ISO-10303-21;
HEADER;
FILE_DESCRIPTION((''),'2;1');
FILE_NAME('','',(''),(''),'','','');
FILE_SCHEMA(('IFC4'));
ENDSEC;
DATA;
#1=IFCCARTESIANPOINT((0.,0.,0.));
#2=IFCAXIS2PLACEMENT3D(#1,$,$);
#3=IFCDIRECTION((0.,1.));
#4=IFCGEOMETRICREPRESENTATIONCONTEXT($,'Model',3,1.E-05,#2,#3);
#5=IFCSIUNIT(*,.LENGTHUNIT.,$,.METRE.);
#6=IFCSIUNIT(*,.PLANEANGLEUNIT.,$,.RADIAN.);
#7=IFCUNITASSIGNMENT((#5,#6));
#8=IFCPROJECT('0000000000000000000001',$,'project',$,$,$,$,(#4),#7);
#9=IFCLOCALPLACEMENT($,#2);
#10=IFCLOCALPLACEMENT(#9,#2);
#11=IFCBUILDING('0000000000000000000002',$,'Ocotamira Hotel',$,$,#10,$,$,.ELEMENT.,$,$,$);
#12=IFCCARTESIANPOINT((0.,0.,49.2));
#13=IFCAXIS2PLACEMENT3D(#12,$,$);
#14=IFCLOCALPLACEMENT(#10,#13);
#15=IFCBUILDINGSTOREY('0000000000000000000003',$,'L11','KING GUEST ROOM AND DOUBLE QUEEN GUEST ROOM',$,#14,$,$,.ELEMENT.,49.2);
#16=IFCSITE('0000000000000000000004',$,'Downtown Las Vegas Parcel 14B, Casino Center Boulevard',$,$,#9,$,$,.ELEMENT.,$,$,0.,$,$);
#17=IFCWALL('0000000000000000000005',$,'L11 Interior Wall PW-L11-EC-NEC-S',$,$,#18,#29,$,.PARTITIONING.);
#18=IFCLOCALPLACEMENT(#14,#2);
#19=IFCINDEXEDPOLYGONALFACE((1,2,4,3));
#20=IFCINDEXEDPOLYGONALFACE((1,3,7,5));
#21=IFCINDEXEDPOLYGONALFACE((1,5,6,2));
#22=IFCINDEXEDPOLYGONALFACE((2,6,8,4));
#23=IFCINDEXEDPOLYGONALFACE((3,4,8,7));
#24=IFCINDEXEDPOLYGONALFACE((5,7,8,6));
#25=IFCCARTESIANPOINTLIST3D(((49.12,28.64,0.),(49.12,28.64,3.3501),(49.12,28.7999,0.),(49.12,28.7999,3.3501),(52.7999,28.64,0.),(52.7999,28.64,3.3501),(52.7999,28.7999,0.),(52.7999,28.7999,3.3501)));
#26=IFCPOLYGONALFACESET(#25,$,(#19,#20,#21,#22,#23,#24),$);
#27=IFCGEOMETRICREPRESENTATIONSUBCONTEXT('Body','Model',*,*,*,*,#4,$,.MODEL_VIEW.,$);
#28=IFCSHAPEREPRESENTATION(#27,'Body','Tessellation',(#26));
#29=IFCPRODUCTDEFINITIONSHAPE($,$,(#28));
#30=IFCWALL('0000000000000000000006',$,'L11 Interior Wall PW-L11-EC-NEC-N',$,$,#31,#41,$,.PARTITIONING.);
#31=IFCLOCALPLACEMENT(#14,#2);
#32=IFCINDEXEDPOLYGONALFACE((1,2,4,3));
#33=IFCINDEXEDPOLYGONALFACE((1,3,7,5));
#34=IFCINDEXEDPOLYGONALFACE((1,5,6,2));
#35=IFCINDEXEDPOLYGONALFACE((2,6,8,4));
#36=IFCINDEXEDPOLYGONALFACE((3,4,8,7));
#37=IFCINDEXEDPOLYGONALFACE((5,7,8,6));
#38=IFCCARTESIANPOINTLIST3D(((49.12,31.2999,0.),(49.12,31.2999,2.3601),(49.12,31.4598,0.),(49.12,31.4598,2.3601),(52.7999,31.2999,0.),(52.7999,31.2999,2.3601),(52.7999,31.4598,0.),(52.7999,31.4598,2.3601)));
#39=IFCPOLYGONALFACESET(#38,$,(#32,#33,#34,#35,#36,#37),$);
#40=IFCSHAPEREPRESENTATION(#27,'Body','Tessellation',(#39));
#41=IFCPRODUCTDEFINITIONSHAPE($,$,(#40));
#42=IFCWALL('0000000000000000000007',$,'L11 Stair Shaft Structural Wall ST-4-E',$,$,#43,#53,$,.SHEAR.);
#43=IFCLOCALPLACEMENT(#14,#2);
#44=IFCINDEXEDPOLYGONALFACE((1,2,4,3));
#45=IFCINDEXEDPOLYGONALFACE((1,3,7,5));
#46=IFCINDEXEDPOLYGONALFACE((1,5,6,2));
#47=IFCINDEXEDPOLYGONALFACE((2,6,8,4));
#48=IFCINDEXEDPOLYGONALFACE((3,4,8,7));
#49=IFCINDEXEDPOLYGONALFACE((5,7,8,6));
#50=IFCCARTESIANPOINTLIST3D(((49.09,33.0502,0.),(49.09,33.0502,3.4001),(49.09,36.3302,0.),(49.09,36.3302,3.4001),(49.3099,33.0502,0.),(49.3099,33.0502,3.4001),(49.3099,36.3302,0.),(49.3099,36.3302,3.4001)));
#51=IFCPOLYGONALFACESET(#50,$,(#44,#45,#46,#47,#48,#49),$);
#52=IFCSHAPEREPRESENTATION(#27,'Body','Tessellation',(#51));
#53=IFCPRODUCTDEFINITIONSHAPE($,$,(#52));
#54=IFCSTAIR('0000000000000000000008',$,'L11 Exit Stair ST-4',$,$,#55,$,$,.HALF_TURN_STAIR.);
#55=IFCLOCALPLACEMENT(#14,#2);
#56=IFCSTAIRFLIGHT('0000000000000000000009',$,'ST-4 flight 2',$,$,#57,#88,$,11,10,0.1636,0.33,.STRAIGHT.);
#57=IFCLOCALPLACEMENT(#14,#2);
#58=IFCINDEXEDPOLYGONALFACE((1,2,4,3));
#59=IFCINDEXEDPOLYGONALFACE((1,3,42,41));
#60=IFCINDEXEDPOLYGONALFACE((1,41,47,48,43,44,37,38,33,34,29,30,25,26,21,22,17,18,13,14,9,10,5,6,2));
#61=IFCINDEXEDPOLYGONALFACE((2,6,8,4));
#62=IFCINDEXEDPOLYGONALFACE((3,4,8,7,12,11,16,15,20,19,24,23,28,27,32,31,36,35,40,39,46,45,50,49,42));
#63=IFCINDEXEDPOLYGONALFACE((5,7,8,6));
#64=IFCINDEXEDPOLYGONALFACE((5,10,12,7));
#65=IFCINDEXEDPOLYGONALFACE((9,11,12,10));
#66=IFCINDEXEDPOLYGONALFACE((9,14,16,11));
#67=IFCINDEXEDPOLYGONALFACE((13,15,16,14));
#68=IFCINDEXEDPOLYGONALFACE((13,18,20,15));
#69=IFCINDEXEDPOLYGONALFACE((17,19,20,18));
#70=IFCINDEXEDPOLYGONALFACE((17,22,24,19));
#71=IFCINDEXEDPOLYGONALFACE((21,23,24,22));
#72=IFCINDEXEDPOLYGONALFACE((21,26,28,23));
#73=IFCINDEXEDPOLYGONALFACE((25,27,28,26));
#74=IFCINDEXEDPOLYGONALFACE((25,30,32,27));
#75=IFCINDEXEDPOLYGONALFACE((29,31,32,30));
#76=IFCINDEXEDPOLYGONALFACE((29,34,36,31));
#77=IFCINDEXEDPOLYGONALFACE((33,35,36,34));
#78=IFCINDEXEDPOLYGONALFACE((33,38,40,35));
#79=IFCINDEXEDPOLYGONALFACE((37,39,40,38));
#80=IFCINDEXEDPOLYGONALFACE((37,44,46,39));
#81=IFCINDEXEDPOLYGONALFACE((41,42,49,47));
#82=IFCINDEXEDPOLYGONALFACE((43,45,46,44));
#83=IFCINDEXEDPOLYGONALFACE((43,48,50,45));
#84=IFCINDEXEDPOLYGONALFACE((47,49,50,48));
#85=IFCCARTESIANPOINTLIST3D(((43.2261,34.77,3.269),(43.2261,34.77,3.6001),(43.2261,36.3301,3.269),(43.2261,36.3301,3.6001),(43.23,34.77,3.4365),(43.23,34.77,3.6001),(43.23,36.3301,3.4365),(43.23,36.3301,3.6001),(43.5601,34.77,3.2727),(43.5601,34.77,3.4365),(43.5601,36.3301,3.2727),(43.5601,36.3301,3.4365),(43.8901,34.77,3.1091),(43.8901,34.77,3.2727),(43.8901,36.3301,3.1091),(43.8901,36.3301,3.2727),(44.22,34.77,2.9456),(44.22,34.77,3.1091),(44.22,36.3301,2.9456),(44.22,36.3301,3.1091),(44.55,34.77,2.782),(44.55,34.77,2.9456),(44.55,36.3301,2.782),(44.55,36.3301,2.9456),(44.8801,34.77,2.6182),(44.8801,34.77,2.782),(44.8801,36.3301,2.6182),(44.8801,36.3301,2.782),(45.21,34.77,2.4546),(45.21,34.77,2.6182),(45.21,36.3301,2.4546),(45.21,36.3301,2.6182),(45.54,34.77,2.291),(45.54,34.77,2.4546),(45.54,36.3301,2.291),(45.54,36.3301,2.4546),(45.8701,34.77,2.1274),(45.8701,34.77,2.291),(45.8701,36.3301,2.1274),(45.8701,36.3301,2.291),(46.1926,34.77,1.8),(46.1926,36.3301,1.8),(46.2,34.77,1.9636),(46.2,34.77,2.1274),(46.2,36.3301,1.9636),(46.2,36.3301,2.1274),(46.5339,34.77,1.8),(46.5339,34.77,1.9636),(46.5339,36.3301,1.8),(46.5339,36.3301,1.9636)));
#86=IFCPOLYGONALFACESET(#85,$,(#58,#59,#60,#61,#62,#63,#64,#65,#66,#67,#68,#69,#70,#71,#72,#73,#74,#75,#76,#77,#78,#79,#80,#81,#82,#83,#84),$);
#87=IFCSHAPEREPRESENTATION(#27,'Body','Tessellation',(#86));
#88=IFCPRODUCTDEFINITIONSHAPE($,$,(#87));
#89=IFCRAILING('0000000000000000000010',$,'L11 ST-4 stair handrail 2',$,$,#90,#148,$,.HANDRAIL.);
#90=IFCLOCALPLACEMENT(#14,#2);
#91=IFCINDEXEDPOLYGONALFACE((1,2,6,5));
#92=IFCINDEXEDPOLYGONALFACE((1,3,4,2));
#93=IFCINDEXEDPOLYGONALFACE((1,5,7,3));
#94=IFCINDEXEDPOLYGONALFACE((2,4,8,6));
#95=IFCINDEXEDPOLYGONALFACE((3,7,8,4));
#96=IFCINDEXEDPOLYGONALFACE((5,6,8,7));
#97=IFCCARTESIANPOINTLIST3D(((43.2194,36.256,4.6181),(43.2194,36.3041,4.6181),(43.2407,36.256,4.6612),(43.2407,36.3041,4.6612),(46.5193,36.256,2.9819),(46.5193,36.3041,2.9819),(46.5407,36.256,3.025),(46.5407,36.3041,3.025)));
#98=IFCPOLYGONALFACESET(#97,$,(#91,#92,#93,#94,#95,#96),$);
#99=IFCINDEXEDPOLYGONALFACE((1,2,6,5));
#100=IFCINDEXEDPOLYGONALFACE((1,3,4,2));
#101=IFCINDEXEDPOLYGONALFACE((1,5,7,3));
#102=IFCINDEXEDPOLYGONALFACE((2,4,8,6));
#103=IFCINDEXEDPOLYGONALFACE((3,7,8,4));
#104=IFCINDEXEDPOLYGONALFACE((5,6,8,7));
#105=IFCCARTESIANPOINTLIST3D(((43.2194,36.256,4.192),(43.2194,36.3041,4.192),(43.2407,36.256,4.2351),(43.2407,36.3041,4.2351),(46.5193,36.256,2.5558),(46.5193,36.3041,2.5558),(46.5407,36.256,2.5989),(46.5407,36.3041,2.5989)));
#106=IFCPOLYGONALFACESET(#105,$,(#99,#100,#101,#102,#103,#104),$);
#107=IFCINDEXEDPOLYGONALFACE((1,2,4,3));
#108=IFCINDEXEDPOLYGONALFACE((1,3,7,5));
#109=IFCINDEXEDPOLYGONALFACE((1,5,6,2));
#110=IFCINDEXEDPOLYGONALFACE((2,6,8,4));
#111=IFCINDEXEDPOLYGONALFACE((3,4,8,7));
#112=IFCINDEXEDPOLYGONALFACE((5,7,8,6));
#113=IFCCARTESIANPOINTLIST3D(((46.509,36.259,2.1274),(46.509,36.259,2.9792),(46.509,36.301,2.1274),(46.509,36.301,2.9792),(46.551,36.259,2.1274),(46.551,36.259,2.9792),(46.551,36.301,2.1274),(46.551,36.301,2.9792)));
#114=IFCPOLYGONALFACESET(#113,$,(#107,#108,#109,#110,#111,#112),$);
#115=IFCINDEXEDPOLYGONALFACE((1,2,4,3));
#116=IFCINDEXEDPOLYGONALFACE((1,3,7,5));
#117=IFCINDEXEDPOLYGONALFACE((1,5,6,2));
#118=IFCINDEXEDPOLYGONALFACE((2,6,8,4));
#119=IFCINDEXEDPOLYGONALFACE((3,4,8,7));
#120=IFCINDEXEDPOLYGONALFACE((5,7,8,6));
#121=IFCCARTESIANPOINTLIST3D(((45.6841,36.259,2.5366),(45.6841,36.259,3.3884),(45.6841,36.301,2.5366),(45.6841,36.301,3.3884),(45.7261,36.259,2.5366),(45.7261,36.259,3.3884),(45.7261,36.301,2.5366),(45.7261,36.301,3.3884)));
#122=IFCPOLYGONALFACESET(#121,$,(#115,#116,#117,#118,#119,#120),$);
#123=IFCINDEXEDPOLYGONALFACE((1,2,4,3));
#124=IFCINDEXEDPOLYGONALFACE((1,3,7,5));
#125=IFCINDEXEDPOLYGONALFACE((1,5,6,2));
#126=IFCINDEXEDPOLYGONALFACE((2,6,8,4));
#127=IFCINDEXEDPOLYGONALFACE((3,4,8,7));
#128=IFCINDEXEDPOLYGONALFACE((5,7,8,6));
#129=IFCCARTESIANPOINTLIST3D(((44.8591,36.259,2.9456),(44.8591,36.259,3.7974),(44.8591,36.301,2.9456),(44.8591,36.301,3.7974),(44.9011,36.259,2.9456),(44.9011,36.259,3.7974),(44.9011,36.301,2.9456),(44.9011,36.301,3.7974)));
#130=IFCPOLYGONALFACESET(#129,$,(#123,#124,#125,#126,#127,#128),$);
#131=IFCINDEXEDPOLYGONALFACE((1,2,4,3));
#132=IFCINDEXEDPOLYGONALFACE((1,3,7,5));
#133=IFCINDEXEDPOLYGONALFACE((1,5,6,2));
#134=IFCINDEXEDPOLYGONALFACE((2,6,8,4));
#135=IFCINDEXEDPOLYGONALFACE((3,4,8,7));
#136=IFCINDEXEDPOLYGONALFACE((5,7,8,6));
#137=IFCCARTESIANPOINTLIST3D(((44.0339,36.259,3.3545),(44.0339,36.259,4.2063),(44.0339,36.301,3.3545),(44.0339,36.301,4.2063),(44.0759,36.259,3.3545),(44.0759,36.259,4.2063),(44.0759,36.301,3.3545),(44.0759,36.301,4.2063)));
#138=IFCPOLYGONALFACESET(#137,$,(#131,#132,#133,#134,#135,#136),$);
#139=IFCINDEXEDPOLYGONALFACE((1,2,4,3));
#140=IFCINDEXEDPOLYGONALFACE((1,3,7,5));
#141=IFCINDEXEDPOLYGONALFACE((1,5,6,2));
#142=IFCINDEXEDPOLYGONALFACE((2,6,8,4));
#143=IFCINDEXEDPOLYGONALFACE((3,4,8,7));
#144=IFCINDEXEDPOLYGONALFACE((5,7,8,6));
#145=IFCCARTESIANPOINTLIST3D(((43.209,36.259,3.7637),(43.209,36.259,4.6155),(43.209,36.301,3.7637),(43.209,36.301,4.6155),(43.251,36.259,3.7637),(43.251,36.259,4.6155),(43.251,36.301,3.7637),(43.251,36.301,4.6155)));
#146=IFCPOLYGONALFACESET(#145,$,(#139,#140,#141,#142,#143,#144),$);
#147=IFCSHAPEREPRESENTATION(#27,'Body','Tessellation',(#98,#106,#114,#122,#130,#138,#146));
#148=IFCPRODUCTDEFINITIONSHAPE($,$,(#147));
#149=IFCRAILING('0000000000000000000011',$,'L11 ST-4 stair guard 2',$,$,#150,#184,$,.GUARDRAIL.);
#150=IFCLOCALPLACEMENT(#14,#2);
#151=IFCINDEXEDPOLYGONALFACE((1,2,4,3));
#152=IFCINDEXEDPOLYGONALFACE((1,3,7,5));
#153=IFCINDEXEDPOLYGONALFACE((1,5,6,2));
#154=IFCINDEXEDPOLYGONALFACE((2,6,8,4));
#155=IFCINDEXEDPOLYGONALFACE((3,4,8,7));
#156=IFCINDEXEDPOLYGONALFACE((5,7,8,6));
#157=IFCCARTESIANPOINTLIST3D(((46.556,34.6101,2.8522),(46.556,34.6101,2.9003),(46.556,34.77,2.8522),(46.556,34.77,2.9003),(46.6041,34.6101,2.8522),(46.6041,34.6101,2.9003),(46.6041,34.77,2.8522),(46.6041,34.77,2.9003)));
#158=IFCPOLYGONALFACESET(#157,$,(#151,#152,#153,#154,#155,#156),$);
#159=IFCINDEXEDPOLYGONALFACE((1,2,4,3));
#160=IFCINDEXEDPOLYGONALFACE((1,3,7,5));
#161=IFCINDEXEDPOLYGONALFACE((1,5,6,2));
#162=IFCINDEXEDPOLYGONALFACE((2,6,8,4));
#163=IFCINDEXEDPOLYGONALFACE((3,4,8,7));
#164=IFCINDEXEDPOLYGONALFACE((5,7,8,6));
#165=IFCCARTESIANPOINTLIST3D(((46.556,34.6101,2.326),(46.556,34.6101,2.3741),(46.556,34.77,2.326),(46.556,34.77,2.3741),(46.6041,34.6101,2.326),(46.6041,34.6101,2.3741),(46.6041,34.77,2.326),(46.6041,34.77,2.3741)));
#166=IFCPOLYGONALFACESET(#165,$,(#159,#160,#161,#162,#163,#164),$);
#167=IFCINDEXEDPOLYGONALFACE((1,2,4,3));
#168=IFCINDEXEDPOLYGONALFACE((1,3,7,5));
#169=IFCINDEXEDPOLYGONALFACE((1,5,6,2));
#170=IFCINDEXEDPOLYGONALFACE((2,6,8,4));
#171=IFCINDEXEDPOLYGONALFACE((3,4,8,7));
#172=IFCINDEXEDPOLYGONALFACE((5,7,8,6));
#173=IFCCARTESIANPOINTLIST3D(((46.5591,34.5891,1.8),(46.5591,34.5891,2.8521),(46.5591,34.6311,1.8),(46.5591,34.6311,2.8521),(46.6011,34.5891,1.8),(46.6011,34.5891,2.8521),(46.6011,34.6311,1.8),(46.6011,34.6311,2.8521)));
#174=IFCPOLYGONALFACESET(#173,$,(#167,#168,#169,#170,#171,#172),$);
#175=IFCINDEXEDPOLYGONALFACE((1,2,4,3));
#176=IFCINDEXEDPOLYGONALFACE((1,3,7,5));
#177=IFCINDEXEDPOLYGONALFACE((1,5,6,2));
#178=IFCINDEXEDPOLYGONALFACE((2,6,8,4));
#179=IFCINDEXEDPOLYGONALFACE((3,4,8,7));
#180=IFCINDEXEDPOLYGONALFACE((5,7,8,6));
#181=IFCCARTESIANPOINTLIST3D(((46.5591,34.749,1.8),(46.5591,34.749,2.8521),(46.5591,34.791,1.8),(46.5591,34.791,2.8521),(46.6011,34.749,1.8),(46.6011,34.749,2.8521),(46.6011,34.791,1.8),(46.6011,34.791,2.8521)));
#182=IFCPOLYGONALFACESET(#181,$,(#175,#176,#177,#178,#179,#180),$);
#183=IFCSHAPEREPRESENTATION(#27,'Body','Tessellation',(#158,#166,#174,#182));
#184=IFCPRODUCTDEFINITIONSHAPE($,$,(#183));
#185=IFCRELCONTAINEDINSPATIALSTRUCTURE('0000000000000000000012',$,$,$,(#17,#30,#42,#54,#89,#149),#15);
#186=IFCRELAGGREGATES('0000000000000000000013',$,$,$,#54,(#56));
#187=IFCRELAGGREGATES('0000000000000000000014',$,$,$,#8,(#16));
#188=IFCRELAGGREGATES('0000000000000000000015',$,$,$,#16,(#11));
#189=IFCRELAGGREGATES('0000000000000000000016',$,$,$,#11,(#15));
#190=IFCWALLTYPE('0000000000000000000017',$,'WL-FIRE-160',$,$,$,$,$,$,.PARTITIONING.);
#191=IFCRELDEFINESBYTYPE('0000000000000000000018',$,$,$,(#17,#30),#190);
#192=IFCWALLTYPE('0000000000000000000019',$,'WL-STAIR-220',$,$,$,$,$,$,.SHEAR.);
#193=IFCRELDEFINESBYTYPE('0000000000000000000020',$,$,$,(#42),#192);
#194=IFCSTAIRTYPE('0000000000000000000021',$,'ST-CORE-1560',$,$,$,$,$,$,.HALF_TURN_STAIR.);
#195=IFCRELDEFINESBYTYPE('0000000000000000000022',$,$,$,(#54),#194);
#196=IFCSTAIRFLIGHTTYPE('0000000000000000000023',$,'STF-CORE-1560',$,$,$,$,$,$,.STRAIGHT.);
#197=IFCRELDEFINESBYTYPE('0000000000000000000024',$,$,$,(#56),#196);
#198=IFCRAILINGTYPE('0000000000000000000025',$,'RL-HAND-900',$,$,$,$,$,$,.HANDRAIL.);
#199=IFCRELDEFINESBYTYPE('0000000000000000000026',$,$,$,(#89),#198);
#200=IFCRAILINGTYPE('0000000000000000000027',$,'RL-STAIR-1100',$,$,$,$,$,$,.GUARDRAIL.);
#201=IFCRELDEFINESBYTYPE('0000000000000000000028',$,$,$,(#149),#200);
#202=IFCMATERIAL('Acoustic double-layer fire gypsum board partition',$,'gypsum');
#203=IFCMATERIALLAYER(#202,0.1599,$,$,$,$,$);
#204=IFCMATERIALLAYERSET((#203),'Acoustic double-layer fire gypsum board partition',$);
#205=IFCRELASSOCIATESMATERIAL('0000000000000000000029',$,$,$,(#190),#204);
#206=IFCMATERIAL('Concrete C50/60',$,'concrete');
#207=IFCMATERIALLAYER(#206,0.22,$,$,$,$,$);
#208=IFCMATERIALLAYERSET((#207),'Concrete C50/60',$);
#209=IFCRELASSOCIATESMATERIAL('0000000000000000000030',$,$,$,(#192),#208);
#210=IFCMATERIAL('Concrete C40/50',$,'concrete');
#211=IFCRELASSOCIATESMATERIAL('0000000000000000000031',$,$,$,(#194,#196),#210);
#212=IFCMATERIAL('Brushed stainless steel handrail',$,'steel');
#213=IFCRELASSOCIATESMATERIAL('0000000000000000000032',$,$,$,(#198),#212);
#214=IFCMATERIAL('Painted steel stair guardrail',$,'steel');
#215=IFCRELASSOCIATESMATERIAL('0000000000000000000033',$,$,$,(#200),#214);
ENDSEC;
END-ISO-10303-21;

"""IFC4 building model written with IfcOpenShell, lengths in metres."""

from ifc_helpers import new_model, si_unit, direction, frame, frame_2d, origin, origin_2d, place, context, subcontext, project, spatial, polyline, rectangle, outline, extrude, source, transform, mapped, material, layer, layer_set, type_object, element, aggregate, save


model = new_model("IFC4")

# Units and contexts
model_context = context("Model", 3, precision=1e-05, world=origin(), true_north=direction((0.0, 1.0)))
body_context = subcontext(model_context, "Body", "Model", "MODEL_VIEW")
ifc_project = project(units=[si_unit("LENGTHUNIT", "METRE"), si_unit("PLANEANGLEUNIT", "RADIAN")], contexts=[model_context])

# Site, building, storey
site_placement = place(None, origin())
site = spatial("IfcSite", under=ifc_project, at=site_placement, Name="Downtown Las Vegas Parcel 14B, Casino Center Boulevard", CompositionType="ELEMENT", RefElevation=0.0)
building_placement = place(site_placement, origin())
building = spatial("IfcBuilding", under=site, at=building_placement, Name="Ocotamira Hotel", CompositionType="ELEMENT")
storey_placement = place(building_placement, frame((0.0, 0.0, 49.2)))
storey = spatial("IfcBuildingStorey", under=building, at=storey_placement, Name="L11", Description="KING GUEST ROOM AND DOUBLE QUEEN GUEST ROOM", CompositionType="ELEMENT", Elevation=49.2)

# Walls
ifc_material_1 = material(Name="Acoustic double-layer fire gypsum board partition", Category="gypsum")
ifc_layer_1 = layer(ifc_material_1, 0.1599)
ifc_layer_set_1 = layer_set([ifc_layer_1], Name="Acoustic double-layer fire gypsum board partition")
wall_type_1 = type_object("IfcWallType", Name="WL-FIRE-160", PredefinedType="PARTITIONING", material=ifc_layer_set_1)
wall_1_placement = place(storey_placement, frame((49.1201, 28.72, 0.0), z_axis=(0.0, 0.0, 1.0), x_axis=(1.0, 0.0, 0.0)))
element("IfcWall", 1, at=wall_1_placement, inside=storey, type_object=wall_type_1, Name="L11 Interior Wall PW-L11-EC-NEC-S", PredefinedType="PARTITIONING", context=body_context, shape_type="SweptSolid", body=[
    extrude(rectangle(XDim=3.6799, YDim=0.1599, at=frame_2d((1.8398, 0.0))), origin(), (0.0, 0.0, 1.0), 3.3501),
])
wall_2_placement = place(storey_placement, frame((49.1201, 31.3799, 0.0), z_axis=(0.0, 0.0, 1.0), x_axis=(1.0, 0.0, 0.0)))
element("IfcWall", 2, at=wall_2_placement, inside=storey, type_object=wall_type_1, Name="L11 Interior Wall PW-L11-EC-NEC-N", PredefinedType="PARTITIONING", context=body_context, shape_type="SweptSolid", body=[
    extrude(rectangle(XDim=3.6799, YDim=0.1599, at=frame_2d((1.8398, 0.0))), origin(), (0.0, 0.0, 1.0), 2.3601),
])

# Wall
ifc_material_2 = material(Name="Concrete C50/60", Category="concrete")
ifc_layer_2 = layer(ifc_material_2, 0.22)
ifc_layer_set_2 = layer_set([ifc_layer_2], Name="Concrete C50/60")
wall_type_2 = type_object("IfcWallType", Name="WL-STAIR-220", PredefinedType="SHEAR", material=ifc_layer_set_2)
wall_3_placement = place(storey_placement, frame((49.2, 33.05, 0.0), z_axis=(0.0, 0.0, 1.0), x_axis=(0.0, 1.0, 0.0)))
element("IfcWall", 3, at=wall_3_placement, inside=storey, type_object=wall_type_2, Name="L11 Stair Shaft Structural Wall ST-4-E", PredefinedType="SHEAR", context=body_context, shape_type="SweptSolid", body=[
    extrude(rectangle(XDim=3.28, YDim=0.22, at=frame_2d((1.6401, 0.0))), origin(), (0.0, 0.0, 1.0), 3.4001),
])

# Stair, stair flight
ifc_material_3 = material(Name="Concrete C40/50", Category="concrete")
stair_type = type_object("IfcStairType", Name="ST-CORE-1560", PredefinedType="HALF_TURN_STAIR", material=ifc_material_3)
stair_placement = place(storey_placement, origin())
stair = element("IfcStair", 4, at=stair_placement, inside=storey, type_object=stair_type, Name="L11 Exit Stair ST-4", PredefinedType="HALF_TURN_STAIR")
stair_flight_type = type_object("IfcStairFlightType", Name="STF-CORE-1560", PredefinedType="STRAIGHT", material=ifc_material_3)
shared_shape_1 = source(origin(), body_context, "Body", "SweptSolid", [
    extrude(outline(polyline([(-0.0039, 0.0), (-0.0039, 0.1636), (0.3301, 0.1636), (0.3301, 0.3274), (0.6599, 0.3274), (0.6599, 0.491), (0.99, 0.491), (0.99, 0.6545), (1.3201, 0.6545), (1.3201, 0.8181), (1.6499, 0.8181), (1.6499, 0.9819), (1.98, 0.9819), (1.98, 1.1455), (2.3101, 1.1455), (2.3101, 1.3091), (2.6399, 1.3091), (2.6399, 1.4727), (2.97, 1.4727), (2.97, 1.6365), (3.3, 1.6365), (3.3, 1.8), (3.304, 1.8), (3.304, 1.469), (0.3374, 0.0), (-0.0039, 0.0)])), frame((0.0, 0.78, 0.0), z_axis=(0.0, -1.0, 0.0), x_axis=(1.0, 0.0, 0.0)), (0.0, 0.0, 1.0), 1.5601),
])
stair_flight_placement = place(storey_placement, frame((46.53, 35.55, 1.8), z_axis=(0.0, 0.0, 1.0), x_axis=(-1.0, 0.0, 0.0)))
stair_flight = element("IfcStairFlight", 5, at=stair_flight_placement, type_object=stair_flight_type, Name="ST-4 flight 2", NumberOfRisers=11, NumberOfTreads=10, PredefinedType="STRAIGHT", RiserHeight=0.1636, TreadLength=0.33, context=body_context, shape_type="MappedRepresentation", body=[
    mapped(shared_shape_1, transform((0.0, 0.0, 0.0), scale=1.0)),
])
aggregate(stair, [stair_flight])

# Railings
ifc_material_4 = material(Name="Brushed stainless steel handrail", Category="steel")
railing_type_1 = type_object("IfcRailingType", Name="RL-HAND-900", PredefinedType="HANDRAIL", material=ifc_material_4)
railing_1_placement = place(storey_placement, frame((46.53, 36.28, 2.1274)))
element("IfcRailing", 6, at=railing_1_placement, inside=storey, type_object=railing_type_1, Name="L11 ST-4 stair handrail 2", PredefinedType="HANDRAIL", context=body_context, shape_type="SweptSolid", body=[
    extrude(rectangle(XDim=0.0481, YDim=0.0481, at=origin_2d()), frame((0.0, 0.0, 0.876), z_axis=(-0.89592, 0.0, 0.444215), x_axis=(0.0, -1.0, 0.0)), (0.0, 0.0, 1.0), 3.6833),
    extrude(rectangle(XDim=0.0481, YDim=0.0481, at=origin_2d()), frame((0.0, 0.0, 0.45), z_axis=(-0.89592, 0.0, 0.444215), x_axis=(0.0, -1.0, 0.0)), (0.0, 0.0, 1.0), 3.6833),
    extrude(rectangle(XDim=0.042, YDim=0.042, at=origin_2d()), origin(), (0.0, 0.0, 1.0), 0.8518),
    extrude(rectangle(XDim=0.042, YDim=0.042, at=origin_2d()), frame((-0.825, 0.0, 0.4092)), (0.0, 0.0, 1.0), 0.8518),
    extrude(rectangle(XDim=0.042, YDim=0.042, at=origin_2d()), frame((-1.6499, 0.0, 0.8181)), (0.0, 0.0, 1.0), 0.8518),
    extrude(rectangle(XDim=0.042, YDim=0.042, at=origin_2d()), frame((-2.4751, 0.0, 1.2271)), (0.0, 0.0, 1.0), 0.8518),
    extrude(rectangle(XDim=0.042, YDim=0.042, at=origin_2d()), frame((-3.3, 0.0, 1.6362)), (0.0, 0.0, 1.0), 0.8518),
])
ifc_material_5 = material(Name="Painted steel stair guardrail", Category="steel")
railing_type_2 = type_object("IfcRailingType", Name="RL-STAIR-1100", PredefinedType="GUARDRAIL", material=ifc_material_5)
railing_2_placement = place(storey_placement, frame((46.5801, 34.6101, 1.8)))
element("IfcRailing", 7, at=railing_2_placement, inside=storey, type_object=railing_type_2, Name="L11 ST-4 stair guard 2", PredefinedType="GUARDRAIL", context=body_context, shape_type="SweptSolid", body=[
    extrude(rectangle(XDim=0.0481, YDim=0.0481, at=origin_2d()), frame((0.0, 0.0, 1.0762), z_axis=(0.0, 1.0, 0.0), x_axis=(-1.0, 0.0, 0.0)), (0.0, 0.0, 1.0), 0.1599),
    extrude(rectangle(XDim=0.0481, YDim=0.0481, at=origin_2d()), frame((0.0, 0.0, 0.55), z_axis=(0.0, 1.0, 0.0), x_axis=(-1.0, 0.0, 0.0)), (0.0, 0.0, 1.0), 0.1599),
    extrude(rectangle(XDim=0.042, YDim=0.042, at=origin_2d()), origin(), (0.0, 0.0, 1.0), 1.052),
    extrude(rectangle(XDim=0.042, YDim=0.042, at=origin_2d()), frame((0.0, 0.1599, 0.0)), (0.0, 0.0, 1.0), 1.052),
])

save(model, "model.ifc")
